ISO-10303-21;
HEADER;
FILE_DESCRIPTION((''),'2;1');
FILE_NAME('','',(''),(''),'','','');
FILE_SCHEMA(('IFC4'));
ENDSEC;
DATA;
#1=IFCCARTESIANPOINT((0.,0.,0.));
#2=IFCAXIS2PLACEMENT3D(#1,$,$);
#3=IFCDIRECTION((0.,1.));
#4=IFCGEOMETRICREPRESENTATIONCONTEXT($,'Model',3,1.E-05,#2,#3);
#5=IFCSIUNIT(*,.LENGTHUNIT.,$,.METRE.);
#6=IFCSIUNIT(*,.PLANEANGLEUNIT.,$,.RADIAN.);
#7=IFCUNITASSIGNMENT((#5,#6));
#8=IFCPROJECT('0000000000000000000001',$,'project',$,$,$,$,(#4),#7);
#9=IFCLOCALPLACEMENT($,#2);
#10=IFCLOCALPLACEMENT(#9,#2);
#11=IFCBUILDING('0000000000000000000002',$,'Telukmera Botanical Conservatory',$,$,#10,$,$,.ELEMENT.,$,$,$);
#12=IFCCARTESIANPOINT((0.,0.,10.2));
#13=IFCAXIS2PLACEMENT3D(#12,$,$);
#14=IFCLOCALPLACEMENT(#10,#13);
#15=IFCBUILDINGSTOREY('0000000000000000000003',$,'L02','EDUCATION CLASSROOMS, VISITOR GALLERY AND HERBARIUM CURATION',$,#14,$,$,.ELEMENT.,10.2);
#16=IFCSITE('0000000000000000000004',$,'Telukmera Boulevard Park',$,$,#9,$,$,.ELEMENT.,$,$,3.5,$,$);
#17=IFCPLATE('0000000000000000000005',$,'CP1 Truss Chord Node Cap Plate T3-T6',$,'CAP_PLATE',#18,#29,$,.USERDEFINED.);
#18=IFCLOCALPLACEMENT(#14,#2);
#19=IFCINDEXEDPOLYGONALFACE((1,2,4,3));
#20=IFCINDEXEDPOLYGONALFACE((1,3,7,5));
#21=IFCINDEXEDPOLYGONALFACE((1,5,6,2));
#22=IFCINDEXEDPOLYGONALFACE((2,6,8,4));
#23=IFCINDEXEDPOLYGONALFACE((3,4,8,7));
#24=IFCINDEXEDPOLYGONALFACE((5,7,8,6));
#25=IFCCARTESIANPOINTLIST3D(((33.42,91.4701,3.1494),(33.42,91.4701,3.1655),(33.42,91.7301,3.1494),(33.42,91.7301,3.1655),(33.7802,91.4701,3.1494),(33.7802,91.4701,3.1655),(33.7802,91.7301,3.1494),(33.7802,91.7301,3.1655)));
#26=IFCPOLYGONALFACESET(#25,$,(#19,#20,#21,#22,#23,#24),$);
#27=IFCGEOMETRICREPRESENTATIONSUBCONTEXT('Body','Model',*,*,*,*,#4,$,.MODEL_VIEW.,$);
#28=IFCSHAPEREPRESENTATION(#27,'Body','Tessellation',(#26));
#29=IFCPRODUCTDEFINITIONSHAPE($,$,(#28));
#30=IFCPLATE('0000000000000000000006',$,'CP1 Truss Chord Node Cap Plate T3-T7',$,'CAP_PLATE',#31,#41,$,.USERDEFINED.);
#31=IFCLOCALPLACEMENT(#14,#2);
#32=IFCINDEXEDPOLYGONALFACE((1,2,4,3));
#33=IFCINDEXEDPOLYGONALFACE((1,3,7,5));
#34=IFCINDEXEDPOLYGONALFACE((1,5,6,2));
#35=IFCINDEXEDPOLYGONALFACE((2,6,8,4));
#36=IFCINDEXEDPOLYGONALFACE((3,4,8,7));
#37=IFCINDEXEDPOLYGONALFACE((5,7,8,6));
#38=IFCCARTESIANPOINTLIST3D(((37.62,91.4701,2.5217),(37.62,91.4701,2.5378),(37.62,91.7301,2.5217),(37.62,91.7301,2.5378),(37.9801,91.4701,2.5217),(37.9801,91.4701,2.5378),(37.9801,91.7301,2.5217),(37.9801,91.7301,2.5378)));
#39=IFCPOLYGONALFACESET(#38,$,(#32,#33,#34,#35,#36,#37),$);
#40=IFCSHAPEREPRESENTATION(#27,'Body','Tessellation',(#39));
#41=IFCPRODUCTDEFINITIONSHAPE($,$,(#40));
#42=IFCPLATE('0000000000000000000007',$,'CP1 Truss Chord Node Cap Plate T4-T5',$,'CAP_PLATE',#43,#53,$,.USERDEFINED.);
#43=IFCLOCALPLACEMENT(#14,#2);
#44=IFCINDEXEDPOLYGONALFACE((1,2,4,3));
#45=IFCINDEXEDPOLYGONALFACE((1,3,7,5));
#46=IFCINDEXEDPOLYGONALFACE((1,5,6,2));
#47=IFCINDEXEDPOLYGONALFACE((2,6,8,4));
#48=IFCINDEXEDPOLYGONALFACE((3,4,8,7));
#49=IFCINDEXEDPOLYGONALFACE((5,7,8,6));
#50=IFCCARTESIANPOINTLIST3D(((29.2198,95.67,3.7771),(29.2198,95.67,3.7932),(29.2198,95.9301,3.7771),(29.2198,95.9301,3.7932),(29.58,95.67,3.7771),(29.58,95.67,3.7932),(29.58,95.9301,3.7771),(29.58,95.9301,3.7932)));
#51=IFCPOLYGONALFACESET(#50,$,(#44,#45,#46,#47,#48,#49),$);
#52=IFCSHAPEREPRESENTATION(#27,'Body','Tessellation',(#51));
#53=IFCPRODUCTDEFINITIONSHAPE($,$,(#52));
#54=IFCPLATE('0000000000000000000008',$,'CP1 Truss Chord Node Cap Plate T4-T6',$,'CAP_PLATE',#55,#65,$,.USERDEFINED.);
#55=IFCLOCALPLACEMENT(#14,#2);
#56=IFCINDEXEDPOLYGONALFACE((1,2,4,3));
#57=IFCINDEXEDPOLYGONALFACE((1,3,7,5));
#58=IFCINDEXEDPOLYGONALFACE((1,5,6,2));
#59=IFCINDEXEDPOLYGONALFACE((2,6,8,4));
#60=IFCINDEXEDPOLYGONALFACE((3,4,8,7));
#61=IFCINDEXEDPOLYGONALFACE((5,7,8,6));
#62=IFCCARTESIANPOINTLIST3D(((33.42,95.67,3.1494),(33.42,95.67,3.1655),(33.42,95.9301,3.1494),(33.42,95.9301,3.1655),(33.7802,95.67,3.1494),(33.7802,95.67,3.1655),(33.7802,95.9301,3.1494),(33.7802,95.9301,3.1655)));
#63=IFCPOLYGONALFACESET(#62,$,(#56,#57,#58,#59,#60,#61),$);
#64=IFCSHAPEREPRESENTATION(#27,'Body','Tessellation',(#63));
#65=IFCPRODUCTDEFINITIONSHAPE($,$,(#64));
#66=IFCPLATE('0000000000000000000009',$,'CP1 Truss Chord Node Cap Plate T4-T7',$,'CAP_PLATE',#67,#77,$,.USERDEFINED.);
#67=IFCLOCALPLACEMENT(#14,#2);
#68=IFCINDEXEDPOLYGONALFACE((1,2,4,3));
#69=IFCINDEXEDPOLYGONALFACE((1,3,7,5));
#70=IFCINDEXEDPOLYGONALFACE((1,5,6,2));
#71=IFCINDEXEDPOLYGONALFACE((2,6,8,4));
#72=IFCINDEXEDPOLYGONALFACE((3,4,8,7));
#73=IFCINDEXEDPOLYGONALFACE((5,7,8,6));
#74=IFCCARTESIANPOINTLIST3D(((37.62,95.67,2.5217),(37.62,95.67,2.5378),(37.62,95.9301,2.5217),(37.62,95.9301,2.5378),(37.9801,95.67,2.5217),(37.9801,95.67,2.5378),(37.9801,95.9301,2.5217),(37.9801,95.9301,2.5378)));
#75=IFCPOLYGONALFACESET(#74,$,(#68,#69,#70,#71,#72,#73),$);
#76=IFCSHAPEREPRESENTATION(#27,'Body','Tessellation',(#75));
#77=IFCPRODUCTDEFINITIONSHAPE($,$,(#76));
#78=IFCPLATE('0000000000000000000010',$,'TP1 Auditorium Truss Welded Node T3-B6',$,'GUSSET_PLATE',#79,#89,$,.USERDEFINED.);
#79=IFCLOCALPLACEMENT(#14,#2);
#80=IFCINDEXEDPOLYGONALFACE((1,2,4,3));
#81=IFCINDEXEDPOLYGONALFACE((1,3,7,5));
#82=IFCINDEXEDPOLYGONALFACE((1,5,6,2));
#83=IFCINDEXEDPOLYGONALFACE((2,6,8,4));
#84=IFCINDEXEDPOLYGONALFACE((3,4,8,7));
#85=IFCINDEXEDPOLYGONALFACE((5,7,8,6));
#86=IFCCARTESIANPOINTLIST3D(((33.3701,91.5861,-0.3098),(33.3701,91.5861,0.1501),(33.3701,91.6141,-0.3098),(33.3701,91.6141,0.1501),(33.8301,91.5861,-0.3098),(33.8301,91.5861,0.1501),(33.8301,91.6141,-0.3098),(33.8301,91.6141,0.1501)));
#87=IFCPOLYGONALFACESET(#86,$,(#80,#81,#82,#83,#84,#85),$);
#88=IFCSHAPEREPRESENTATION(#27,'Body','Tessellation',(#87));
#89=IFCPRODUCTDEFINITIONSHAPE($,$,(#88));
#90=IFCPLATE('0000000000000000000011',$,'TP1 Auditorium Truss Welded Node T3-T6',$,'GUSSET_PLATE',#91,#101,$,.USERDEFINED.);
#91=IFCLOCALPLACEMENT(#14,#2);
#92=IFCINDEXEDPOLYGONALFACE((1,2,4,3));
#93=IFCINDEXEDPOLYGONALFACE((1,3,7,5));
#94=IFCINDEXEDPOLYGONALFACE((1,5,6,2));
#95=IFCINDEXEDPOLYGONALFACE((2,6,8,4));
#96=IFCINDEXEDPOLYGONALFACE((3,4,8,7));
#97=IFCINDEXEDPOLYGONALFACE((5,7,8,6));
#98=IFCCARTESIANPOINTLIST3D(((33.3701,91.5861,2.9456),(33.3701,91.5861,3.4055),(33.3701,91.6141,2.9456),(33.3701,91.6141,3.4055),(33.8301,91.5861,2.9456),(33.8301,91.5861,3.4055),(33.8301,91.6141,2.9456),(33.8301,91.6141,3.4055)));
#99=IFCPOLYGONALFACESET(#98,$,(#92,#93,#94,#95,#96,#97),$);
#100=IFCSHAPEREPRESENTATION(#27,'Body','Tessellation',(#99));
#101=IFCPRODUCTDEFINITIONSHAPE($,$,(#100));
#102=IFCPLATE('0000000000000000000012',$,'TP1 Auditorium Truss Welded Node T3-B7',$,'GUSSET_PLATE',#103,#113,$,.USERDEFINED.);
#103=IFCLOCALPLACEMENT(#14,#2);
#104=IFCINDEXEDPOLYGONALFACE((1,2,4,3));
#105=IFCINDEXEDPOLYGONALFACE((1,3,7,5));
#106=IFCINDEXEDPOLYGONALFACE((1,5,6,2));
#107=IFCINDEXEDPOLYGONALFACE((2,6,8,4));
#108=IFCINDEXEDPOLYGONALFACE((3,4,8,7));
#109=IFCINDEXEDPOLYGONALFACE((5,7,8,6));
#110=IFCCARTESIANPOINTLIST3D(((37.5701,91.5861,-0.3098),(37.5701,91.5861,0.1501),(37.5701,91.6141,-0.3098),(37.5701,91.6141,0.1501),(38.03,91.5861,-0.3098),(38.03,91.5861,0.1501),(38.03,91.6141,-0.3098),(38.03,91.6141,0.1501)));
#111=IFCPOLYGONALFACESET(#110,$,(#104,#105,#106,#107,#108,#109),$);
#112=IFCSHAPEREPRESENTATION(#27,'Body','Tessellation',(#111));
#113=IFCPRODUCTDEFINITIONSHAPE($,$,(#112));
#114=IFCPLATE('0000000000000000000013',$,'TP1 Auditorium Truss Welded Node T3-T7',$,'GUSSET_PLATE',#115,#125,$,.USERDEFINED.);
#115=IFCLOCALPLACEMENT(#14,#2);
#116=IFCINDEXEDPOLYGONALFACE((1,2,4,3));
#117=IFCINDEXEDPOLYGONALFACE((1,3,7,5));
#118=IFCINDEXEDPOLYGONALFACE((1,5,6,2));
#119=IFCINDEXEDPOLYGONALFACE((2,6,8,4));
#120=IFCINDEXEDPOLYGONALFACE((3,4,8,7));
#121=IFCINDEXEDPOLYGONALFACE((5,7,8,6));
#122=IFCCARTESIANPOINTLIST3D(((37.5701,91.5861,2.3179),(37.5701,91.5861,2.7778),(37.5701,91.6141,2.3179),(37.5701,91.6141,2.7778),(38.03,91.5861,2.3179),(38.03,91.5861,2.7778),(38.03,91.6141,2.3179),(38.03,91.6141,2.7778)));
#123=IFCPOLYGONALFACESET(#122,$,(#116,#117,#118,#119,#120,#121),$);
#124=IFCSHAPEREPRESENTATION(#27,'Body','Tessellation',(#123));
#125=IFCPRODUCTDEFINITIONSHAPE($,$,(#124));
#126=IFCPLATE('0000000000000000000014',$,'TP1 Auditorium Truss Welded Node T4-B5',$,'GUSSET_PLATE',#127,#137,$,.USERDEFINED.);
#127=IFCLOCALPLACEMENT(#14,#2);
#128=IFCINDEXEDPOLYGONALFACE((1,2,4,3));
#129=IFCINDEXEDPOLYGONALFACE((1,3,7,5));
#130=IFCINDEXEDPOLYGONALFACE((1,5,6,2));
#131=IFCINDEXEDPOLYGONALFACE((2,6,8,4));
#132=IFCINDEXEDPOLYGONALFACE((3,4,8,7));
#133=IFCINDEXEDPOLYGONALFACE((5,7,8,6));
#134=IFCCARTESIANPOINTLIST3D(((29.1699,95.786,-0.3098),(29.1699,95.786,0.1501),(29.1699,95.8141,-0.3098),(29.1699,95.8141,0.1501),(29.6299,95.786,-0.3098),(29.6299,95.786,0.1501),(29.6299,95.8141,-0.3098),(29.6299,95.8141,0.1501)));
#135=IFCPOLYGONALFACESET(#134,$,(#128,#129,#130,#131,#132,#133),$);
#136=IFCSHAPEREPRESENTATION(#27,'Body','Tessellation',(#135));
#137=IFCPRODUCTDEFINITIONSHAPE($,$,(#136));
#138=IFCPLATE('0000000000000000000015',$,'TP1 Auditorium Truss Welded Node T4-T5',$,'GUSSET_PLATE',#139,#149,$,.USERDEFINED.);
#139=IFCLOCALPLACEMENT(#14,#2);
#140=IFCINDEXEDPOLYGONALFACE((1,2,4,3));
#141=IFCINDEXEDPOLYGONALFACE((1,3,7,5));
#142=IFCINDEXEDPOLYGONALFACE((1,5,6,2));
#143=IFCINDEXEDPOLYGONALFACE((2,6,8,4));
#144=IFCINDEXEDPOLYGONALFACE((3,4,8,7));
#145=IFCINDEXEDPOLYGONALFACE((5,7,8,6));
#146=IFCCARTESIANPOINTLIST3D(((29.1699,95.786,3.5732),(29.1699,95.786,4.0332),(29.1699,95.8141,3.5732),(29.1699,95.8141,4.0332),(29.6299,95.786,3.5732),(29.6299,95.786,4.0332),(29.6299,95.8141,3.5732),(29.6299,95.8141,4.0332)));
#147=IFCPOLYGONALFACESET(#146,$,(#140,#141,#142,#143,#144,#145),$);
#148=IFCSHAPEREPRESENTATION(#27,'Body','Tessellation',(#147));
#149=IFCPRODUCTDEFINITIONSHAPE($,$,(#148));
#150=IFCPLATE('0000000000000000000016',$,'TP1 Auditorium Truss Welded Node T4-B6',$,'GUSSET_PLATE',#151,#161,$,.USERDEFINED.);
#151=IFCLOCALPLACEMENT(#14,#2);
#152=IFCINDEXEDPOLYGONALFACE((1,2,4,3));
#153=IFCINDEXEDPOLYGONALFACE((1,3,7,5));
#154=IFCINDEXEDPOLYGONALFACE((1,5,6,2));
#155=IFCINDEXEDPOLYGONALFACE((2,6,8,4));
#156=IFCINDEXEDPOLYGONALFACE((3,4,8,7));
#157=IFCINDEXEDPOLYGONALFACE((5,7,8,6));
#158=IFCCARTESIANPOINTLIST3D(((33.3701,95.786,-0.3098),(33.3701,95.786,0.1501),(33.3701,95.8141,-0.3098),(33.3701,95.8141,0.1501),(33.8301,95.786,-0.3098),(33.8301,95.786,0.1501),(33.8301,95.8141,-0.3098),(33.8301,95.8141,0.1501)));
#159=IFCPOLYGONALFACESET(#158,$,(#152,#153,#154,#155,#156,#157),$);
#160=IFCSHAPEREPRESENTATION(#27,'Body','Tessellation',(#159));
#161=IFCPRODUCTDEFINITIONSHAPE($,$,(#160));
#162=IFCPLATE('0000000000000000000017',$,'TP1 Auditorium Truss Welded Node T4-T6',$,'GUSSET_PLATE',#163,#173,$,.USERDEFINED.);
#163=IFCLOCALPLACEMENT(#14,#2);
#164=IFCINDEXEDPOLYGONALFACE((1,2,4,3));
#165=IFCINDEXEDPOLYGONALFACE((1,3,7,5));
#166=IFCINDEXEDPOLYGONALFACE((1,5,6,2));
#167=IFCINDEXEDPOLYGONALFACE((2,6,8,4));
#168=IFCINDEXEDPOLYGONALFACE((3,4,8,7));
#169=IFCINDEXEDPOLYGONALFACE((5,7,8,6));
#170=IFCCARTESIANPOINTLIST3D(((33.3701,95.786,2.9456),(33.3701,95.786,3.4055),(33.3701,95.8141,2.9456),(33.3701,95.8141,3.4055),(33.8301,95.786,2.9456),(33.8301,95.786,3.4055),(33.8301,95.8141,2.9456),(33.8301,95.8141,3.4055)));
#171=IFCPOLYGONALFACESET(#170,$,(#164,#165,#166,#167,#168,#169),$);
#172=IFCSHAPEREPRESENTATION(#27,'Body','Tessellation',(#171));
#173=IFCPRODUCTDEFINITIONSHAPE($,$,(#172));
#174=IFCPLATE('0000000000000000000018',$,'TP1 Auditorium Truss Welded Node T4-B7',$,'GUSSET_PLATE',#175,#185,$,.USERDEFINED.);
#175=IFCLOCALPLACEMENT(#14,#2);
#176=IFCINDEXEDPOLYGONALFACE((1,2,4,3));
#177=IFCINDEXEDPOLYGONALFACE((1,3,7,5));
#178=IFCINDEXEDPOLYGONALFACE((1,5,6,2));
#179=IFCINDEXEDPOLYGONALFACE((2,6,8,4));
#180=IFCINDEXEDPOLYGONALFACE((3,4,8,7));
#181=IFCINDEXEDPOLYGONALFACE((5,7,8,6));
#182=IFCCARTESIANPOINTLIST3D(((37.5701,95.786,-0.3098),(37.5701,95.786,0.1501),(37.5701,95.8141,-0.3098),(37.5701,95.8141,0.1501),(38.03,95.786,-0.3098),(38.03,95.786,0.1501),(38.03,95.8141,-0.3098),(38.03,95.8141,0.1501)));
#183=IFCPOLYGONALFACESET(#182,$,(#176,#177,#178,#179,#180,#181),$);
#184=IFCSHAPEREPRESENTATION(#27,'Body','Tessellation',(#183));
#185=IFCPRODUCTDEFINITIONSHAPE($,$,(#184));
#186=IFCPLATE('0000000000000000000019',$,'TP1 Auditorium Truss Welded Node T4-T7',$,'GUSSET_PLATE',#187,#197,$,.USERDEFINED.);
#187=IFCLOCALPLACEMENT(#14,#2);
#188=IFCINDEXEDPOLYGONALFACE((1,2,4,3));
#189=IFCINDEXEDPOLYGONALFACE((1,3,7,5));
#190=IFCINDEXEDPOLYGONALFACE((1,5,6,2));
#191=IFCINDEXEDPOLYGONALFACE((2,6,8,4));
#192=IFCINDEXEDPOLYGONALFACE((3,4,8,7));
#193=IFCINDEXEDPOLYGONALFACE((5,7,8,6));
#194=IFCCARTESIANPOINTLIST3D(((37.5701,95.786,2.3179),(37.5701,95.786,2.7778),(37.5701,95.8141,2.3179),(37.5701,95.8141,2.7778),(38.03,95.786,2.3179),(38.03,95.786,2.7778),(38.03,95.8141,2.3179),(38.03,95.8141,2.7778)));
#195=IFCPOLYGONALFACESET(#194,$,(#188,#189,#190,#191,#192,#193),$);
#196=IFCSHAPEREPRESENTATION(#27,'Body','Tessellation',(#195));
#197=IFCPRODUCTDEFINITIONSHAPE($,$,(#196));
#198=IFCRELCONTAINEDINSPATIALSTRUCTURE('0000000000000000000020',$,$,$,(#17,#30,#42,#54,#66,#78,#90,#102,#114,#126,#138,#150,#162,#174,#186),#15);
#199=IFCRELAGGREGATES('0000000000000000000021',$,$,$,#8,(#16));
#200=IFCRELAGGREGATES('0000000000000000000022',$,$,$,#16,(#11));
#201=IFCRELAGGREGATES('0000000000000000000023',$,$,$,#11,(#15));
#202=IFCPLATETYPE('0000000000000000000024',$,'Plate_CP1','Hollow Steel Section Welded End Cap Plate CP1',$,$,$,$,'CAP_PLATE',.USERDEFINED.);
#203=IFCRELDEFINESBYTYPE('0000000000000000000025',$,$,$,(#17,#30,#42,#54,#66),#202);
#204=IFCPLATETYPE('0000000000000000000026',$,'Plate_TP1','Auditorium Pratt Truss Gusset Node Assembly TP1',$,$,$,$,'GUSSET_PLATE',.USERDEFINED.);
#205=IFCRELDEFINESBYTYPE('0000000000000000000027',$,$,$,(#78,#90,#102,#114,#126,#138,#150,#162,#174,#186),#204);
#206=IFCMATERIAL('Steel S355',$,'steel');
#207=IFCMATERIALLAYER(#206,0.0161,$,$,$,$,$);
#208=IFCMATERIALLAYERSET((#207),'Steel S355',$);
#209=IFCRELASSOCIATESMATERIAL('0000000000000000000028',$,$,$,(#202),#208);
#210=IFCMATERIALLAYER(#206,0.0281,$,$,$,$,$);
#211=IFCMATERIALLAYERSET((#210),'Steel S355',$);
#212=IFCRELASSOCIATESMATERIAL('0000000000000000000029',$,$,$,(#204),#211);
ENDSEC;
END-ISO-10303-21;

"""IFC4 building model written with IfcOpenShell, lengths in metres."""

from ifc_helpers import new_model, si_unit, direction, frame, origin, origin_2d, place, context, subcontext, project, spatial, rectangle, extrude, material, layer, layer_set, type_object, element, save


model = new_model("IFC4")

# Units and contexts
model_context = context("Model", 3, precision=1e-05, world=origin(), true_north=direction((0.0, 1.0)))
body_context = subcontext(model_context, "Body", "Model", "MODEL_VIEW")
ifc_project = project(units=[si_unit("LENGTHUNIT", "METRE"), si_unit("PLANEANGLEUNIT", "RADIAN")], contexts=[model_context])

# Site, building, storey
site_placement = place(None, origin())
site = spatial("IfcSite", under=ifc_project, at=site_placement, Name="Telukmera Boulevard Park", CompositionType="ELEMENT", RefElevation=3.5)
building_placement = place(site_placement, origin())
building = spatial("IfcBuilding", under=site, at=building_placement, Name="Telukmera Botanical Conservatory", CompositionType="ELEMENT")
storey_placement = place(building_placement, frame((0.0, 0.0, 10.2)))
storey = spatial("IfcBuildingStorey", under=building, at=storey_placement, Name="L02", Description="EDUCATION CLASSROOMS, VISITOR GALLERY AND HERBARIUM CURATION", CompositionType="ELEMENT", Elevation=10.2)

# Shared definitions
ifc_material = material(Name="Steel S355", Category="steel")

# Plates
ifc_layer_1 = layer(ifc_material, 0.0161)
ifc_layer_set_1 = layer_set([ifc_layer_1], Name="Steel S355")
plate_type_1 = type_object("IfcPlateType", Name="Plate_CP1", Description="Hollow Steel Section Welded End Cap Plate CP1", ElementType="CAP_PLATE", PredefinedType="USERDEFINED", material=ifc_layer_set_1)
for number, where, z_axis, x_axis, name in (
    (1, (33.6001, 91.6001, 3.1494), (0.0, 0.0, 1.0), (1.0, 0.0, 0.0), "CP1 Truss Chord Node Cap Plate T3-T6"),
    (2, (37.8, 91.6001, 2.5217), (0.0, 0.0, 1.0), (1.0, 0.0, 0.0), "CP1 Truss Chord Node Cap Plate T3-T7"),
    (3, (29.3999, 95.8, 3.7771), (0.0, 0.0, 1.0), (1.0, 0.0, 0.0), "CP1 Truss Chord Node Cap Plate T4-T5"),
    (4, (33.6001, 95.8, 3.1494), (0.0, 0.0, 1.0), (1.0, 0.0, 0.0), "CP1 Truss Chord Node Cap Plate T4-T6"),
    (5, (37.8, 95.8, 2.5217), (0.0, 0.0, 1.0), (1.0, 0.0, 0.0), "CP1 Truss Chord Node Cap Plate T4-T7"),
):
    element("IfcPlate", number, at=place(storey_placement, frame(where, z_axis=z_axis, x_axis=x_axis)), inside=storey, type_object=plate_type_1, Name=name, ObjectType="CAP_PLATE", PredefinedType="USERDEFINED", context=body_context, shape_type="SweptSolid", body=[
        extrude(rectangle(XDim=0.3601, YDim=0.26, at=origin_2d()), origin(), (0.0, 0.0, 1.0), 0.0161),
    ])
ifc_layer_2 = layer(ifc_material, 0.0281)
ifc_layer_set_2 = layer_set([ifc_layer_2], Name="Steel S355")
plate_type_2 = type_object("IfcPlateType", Name="Plate_TP1", Description="Auditorium Pratt Truss Gusset Node Assembly TP1", ElementType="GUSSET_PLATE", PredefinedType="USERDEFINED", material=ifc_layer_set_2)
for number, where, z_axis, x_axis, name in (
    (6, (33.6001, 91.6001, -0.3098), (0.0, 0.0, 1.0), (1.0, 0.0, 0.0), "TP1 Auditorium Truss Welded Node T3-B6"),
    (7, (33.6001, 91.6001, 2.9456), (0.0, 0.0, 1.0), (1.0, 0.0, 0.0), "TP1 Auditorium Truss Welded Node T3-T6"),
    (8, (37.8, 91.6001, -0.3098), (0.0, 0.0, 1.0), (1.0, 0.0, 0.0), "TP1 Auditorium Truss Welded Node T3-B7"),
    (9, (37.8, 91.6001, 2.3179), (0.0, 0.0, 1.0), (1.0, 0.0, 0.0), "TP1 Auditorium Truss Welded Node T3-T7"),
    (10, (29.3999, 95.8, -0.3098), (0.0, 0.0, 1.0), (1.0, 0.0, 0.0), "TP1 Auditorium Truss Welded Node T4-B5"),
    (11, (29.3999, 95.8, 3.5732), (0.0, 0.0, 1.0), (1.0, 0.0, 0.0), "TP1 Auditorium Truss Welded Node T4-T5"),
    (12, (33.6001, 95.8, -0.3098), (0.0, 0.0, 1.0), (1.0, 0.0, 0.0), "TP1 Auditorium Truss Welded Node T4-B6"),
    (13, (33.6001, 95.8, 2.9456), (0.0, 0.0, 1.0), (1.0, 0.0, 0.0), "TP1 Auditorium Truss Welded Node T4-T6"),
    (14, (37.8, 95.8, -0.3098), (0.0, 0.0, 1.0), (1.0, 0.0, 0.0), "TP1 Auditorium Truss Welded Node T4-B7"),
    (15, (37.8, 95.8, 2.3179), (0.0, 0.0, 1.0), (1.0, 0.0, 0.0), "TP1 Auditorium Truss Welded Node T4-T7"),
):
    element("IfcPlate", number, at=place(storey_placement, frame(where, z_axis=z_axis, x_axis=x_axis)), inside=storey, type_object=plate_type_2, Name=name, ObjectType="GUSSET_PLATE", PredefinedType="USERDEFINED", context=body_context, shape_type="SweptSolid", body=[
        extrude(rectangle(XDim=0.46, YDim=0.0281, at=origin_2d()), origin(), (0.0, 0.0, 1.0), 0.46),
    ])

save(model, "model.ifc")
